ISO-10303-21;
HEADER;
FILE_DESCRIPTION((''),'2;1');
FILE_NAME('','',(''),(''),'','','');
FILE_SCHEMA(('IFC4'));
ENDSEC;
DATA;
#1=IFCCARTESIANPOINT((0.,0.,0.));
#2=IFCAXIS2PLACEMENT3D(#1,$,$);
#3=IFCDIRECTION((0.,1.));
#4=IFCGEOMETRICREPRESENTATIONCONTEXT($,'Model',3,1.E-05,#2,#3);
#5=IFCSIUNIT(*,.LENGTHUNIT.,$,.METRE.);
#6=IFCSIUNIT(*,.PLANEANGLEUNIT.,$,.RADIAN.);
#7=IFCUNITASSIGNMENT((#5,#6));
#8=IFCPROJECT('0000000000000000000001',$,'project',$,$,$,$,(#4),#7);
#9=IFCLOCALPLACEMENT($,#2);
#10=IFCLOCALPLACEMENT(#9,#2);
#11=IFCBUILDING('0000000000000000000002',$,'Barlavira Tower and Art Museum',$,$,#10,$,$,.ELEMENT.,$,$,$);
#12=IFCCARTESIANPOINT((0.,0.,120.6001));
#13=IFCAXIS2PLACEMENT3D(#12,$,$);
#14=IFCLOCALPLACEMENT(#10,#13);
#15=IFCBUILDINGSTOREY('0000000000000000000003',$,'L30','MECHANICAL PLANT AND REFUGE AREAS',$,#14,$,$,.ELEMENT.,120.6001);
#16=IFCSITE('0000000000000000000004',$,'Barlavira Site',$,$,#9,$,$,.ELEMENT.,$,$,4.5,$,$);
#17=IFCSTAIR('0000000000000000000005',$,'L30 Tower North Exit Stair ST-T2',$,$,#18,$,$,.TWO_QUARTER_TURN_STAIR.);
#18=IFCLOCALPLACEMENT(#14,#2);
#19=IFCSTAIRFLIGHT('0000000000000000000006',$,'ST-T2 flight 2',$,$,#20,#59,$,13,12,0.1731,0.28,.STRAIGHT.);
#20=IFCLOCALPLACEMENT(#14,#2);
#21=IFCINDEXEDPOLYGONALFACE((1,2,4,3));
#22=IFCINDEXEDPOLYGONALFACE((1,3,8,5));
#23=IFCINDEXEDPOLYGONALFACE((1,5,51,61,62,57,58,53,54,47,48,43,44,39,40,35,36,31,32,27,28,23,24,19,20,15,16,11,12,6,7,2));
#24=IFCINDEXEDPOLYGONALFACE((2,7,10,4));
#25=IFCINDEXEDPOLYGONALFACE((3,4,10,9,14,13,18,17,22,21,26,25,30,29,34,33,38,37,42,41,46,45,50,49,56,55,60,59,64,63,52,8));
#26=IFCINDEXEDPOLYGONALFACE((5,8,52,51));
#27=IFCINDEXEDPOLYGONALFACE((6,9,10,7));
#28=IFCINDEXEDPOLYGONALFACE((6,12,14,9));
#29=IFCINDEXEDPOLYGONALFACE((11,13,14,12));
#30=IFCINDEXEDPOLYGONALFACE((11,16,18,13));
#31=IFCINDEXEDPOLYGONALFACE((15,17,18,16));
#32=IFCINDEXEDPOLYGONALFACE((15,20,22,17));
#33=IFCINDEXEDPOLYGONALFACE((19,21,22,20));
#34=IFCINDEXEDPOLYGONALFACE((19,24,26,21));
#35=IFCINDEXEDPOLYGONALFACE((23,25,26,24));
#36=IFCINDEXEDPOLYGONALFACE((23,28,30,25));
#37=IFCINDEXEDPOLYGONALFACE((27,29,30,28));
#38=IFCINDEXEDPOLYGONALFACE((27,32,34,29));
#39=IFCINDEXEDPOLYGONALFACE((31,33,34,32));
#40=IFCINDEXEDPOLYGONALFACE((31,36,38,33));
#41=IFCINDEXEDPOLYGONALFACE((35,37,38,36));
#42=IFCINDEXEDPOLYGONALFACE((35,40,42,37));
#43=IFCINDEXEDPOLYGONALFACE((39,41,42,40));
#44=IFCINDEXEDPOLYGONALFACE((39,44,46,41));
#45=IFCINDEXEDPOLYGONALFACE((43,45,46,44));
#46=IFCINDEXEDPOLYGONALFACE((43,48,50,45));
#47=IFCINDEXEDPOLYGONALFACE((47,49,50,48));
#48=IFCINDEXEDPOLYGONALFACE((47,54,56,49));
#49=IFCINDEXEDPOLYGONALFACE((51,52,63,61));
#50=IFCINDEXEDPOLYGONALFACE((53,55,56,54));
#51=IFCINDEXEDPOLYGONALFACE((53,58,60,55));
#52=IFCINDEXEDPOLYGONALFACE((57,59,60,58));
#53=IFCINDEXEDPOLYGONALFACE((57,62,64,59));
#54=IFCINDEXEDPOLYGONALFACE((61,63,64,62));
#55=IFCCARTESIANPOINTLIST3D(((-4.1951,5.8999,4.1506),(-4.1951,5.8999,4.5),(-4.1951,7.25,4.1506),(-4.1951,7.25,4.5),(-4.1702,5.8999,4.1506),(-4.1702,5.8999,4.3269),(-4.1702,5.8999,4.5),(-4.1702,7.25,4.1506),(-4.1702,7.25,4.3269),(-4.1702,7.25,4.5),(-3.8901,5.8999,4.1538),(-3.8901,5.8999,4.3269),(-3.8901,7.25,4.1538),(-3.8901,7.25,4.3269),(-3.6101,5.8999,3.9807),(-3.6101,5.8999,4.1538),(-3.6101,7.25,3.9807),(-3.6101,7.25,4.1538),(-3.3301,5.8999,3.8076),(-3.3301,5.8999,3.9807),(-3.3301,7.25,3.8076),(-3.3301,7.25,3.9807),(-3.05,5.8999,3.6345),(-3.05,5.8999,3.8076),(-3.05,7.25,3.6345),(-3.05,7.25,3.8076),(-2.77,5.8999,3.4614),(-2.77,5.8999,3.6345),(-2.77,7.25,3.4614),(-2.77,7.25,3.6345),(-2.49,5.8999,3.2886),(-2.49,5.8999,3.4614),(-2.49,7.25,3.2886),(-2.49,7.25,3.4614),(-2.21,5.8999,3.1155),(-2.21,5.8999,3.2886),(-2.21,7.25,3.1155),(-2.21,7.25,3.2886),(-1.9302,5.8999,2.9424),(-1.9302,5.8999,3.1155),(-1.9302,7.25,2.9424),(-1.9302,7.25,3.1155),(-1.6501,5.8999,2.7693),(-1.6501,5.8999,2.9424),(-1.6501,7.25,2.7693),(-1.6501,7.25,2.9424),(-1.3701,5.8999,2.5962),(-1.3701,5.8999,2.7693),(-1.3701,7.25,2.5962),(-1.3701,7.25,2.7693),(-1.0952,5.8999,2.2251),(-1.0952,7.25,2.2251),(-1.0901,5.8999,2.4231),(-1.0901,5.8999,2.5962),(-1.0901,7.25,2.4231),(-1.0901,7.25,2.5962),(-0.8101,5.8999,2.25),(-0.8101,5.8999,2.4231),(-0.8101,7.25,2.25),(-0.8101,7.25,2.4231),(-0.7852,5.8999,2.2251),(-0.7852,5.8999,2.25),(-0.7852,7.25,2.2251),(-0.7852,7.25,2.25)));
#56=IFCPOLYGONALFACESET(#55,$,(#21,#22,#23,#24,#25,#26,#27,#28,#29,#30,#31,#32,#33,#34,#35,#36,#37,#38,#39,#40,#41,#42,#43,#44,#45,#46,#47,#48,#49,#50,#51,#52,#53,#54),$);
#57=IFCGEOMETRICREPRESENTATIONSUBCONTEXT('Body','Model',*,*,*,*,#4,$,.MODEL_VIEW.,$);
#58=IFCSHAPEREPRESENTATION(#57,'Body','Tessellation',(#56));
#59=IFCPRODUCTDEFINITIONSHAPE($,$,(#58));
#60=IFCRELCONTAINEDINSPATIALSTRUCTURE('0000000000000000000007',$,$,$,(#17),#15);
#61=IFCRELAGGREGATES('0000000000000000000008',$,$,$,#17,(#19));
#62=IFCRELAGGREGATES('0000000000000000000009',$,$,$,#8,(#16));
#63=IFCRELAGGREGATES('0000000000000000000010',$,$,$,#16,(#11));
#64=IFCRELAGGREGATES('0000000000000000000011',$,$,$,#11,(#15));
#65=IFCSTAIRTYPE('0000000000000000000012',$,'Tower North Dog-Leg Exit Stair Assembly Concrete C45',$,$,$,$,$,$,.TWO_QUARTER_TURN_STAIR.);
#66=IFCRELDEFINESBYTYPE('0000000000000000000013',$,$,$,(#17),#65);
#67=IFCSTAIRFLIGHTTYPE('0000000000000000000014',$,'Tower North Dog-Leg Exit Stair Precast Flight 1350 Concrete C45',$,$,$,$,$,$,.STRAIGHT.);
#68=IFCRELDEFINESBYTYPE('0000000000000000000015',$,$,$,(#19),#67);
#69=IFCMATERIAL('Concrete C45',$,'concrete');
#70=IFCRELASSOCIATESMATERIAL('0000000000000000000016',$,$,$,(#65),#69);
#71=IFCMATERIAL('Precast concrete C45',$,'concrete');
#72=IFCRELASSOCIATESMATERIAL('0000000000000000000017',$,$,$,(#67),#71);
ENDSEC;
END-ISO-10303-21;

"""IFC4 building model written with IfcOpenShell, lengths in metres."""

from ifc_helpers import new_model, si_unit, direction, frame, origin, place, context, subcontext, project, spatial, polyline, outline, extrude, material, type_object, element, aggregate, save


model = new_model("IFC4")

# Units and contexts
model_context = context("Model", 3, precision=1e-05, world=origin(), true_north=direction((0.0, 1.0)))
body_context = subcontext(model_context, "Body", "Model", "MODEL_VIEW")
ifc_project = project(units=[si_unit("LENGTHUNIT", "METRE"), si_unit("PLANEANGLEUNIT", "RADIAN")], contexts=[model_context])

# Site, building, storey
site_placement = place(None, origin())
site = spatial("IfcSite", under=ifc_project, at=site_placement, Name="Barlavira Site", CompositionType="ELEMENT", RefElevation=4.5)
building_placement = place(site_placement, origin())
building = spatial("IfcBuilding", under=site, at=building_placement, Name="Barlavira Tower and Art Museum", CompositionType="ELEMENT")
storey_placement = place(building_placement, frame((0.0, 0.0, 120.6001)))
storey = spatial("IfcBuildingStorey", under=building, at=storey_placement, Name="L30", Description="MECHANICAL PLANT AND REFUGE AREAS", CompositionType="ELEMENT", Elevation=120.6001)

# Stair, stair flight
ifc_material_1 = material(Name="Concrete C45", Category="concrete")
stair_type = type_object("IfcStairType", Name="Tower North Dog-Leg Exit Stair Assembly Concrete C45", PredefinedType="TWO_QUARTER_TURN_STAIR", material=ifc_material_1)
stair_placement = place(storey_placement, origin())
stair = element("IfcStair", 1, at=stair_placement, inside=storey, type_object=stair_type, Name="L30 Tower North Exit Stair ST-T2", PredefinedType="TWO_QUARTER_TURN_STAIR")
ifc_material_2 = material(Name="Precast concrete C45", Category="concrete")
stair_flight_type = type_object("IfcStairFlightType", Name="Tower North Dog-Leg Exit Stair Precast Flight 1350 Concrete C45", PredefinedType="STRAIGHT", material=ifc_material_2)
stair_flight_1_placement = place(storey_placement, frame((-0.8101, 6.575, 2.25), z_axis=(0.0, 0.0, 1.0), x_axis=(-1.0, 0.0, 0.0)))
stair_flight_1 = element("IfcStairFlight", 2, at=stair_flight_1_placement, type_object=stair_flight_type, Name="ST-T2 flight 2", NumberOfRisers=13, NumberOfTreads=12, PredefinedType="STRAIGHT", RiserHeight=0.1731, TreadLength=0.28, context=body_context, shape_type="SweptSolid", body=[
    extrude(outline(polyline([(-0.0249, 0.0), (0.0, 0.0), (0.0, 0.1731), (0.28, 0.1731), (0.28, 0.3462), (0.5601, 0.3462), (0.5601, 0.5193), (0.8401, 0.5193), (0.8401, 0.6924), (1.1201, 0.6924), (1.1201, 0.8655), (1.3999, 0.8655), (1.3999, 1.0386), (1.6799, 1.0386), (1.6799, 1.2114), (1.96, 1.2114), (1.96, 1.3845), (2.24, 1.3845), (2.24, 1.5576), (2.52, 1.5576), (2.52, 1.7307), (2.8, 1.7307), (2.8, 1.9038), (3.0801, 1.9038), (3.0801, 2.0769), (3.3601, 2.0769), (3.3601, 2.25), (3.385, 2.25), (3.385, 1.9006), (3.3601, 1.9006), (0.2852, -0.0249), (-0.0249, -0.0249), (-0.0249, 0.0)])), frame((0.0, 0.675, 0.0), z_axis=(0.0, -1.0, 0.0), x_axis=(1.0, 0.0, 0.0)), (0.0, 0.0, 1.0), 1.3501),
])
aggregate(stair, [stair_flight_1])

save(model, "model.ifc")
